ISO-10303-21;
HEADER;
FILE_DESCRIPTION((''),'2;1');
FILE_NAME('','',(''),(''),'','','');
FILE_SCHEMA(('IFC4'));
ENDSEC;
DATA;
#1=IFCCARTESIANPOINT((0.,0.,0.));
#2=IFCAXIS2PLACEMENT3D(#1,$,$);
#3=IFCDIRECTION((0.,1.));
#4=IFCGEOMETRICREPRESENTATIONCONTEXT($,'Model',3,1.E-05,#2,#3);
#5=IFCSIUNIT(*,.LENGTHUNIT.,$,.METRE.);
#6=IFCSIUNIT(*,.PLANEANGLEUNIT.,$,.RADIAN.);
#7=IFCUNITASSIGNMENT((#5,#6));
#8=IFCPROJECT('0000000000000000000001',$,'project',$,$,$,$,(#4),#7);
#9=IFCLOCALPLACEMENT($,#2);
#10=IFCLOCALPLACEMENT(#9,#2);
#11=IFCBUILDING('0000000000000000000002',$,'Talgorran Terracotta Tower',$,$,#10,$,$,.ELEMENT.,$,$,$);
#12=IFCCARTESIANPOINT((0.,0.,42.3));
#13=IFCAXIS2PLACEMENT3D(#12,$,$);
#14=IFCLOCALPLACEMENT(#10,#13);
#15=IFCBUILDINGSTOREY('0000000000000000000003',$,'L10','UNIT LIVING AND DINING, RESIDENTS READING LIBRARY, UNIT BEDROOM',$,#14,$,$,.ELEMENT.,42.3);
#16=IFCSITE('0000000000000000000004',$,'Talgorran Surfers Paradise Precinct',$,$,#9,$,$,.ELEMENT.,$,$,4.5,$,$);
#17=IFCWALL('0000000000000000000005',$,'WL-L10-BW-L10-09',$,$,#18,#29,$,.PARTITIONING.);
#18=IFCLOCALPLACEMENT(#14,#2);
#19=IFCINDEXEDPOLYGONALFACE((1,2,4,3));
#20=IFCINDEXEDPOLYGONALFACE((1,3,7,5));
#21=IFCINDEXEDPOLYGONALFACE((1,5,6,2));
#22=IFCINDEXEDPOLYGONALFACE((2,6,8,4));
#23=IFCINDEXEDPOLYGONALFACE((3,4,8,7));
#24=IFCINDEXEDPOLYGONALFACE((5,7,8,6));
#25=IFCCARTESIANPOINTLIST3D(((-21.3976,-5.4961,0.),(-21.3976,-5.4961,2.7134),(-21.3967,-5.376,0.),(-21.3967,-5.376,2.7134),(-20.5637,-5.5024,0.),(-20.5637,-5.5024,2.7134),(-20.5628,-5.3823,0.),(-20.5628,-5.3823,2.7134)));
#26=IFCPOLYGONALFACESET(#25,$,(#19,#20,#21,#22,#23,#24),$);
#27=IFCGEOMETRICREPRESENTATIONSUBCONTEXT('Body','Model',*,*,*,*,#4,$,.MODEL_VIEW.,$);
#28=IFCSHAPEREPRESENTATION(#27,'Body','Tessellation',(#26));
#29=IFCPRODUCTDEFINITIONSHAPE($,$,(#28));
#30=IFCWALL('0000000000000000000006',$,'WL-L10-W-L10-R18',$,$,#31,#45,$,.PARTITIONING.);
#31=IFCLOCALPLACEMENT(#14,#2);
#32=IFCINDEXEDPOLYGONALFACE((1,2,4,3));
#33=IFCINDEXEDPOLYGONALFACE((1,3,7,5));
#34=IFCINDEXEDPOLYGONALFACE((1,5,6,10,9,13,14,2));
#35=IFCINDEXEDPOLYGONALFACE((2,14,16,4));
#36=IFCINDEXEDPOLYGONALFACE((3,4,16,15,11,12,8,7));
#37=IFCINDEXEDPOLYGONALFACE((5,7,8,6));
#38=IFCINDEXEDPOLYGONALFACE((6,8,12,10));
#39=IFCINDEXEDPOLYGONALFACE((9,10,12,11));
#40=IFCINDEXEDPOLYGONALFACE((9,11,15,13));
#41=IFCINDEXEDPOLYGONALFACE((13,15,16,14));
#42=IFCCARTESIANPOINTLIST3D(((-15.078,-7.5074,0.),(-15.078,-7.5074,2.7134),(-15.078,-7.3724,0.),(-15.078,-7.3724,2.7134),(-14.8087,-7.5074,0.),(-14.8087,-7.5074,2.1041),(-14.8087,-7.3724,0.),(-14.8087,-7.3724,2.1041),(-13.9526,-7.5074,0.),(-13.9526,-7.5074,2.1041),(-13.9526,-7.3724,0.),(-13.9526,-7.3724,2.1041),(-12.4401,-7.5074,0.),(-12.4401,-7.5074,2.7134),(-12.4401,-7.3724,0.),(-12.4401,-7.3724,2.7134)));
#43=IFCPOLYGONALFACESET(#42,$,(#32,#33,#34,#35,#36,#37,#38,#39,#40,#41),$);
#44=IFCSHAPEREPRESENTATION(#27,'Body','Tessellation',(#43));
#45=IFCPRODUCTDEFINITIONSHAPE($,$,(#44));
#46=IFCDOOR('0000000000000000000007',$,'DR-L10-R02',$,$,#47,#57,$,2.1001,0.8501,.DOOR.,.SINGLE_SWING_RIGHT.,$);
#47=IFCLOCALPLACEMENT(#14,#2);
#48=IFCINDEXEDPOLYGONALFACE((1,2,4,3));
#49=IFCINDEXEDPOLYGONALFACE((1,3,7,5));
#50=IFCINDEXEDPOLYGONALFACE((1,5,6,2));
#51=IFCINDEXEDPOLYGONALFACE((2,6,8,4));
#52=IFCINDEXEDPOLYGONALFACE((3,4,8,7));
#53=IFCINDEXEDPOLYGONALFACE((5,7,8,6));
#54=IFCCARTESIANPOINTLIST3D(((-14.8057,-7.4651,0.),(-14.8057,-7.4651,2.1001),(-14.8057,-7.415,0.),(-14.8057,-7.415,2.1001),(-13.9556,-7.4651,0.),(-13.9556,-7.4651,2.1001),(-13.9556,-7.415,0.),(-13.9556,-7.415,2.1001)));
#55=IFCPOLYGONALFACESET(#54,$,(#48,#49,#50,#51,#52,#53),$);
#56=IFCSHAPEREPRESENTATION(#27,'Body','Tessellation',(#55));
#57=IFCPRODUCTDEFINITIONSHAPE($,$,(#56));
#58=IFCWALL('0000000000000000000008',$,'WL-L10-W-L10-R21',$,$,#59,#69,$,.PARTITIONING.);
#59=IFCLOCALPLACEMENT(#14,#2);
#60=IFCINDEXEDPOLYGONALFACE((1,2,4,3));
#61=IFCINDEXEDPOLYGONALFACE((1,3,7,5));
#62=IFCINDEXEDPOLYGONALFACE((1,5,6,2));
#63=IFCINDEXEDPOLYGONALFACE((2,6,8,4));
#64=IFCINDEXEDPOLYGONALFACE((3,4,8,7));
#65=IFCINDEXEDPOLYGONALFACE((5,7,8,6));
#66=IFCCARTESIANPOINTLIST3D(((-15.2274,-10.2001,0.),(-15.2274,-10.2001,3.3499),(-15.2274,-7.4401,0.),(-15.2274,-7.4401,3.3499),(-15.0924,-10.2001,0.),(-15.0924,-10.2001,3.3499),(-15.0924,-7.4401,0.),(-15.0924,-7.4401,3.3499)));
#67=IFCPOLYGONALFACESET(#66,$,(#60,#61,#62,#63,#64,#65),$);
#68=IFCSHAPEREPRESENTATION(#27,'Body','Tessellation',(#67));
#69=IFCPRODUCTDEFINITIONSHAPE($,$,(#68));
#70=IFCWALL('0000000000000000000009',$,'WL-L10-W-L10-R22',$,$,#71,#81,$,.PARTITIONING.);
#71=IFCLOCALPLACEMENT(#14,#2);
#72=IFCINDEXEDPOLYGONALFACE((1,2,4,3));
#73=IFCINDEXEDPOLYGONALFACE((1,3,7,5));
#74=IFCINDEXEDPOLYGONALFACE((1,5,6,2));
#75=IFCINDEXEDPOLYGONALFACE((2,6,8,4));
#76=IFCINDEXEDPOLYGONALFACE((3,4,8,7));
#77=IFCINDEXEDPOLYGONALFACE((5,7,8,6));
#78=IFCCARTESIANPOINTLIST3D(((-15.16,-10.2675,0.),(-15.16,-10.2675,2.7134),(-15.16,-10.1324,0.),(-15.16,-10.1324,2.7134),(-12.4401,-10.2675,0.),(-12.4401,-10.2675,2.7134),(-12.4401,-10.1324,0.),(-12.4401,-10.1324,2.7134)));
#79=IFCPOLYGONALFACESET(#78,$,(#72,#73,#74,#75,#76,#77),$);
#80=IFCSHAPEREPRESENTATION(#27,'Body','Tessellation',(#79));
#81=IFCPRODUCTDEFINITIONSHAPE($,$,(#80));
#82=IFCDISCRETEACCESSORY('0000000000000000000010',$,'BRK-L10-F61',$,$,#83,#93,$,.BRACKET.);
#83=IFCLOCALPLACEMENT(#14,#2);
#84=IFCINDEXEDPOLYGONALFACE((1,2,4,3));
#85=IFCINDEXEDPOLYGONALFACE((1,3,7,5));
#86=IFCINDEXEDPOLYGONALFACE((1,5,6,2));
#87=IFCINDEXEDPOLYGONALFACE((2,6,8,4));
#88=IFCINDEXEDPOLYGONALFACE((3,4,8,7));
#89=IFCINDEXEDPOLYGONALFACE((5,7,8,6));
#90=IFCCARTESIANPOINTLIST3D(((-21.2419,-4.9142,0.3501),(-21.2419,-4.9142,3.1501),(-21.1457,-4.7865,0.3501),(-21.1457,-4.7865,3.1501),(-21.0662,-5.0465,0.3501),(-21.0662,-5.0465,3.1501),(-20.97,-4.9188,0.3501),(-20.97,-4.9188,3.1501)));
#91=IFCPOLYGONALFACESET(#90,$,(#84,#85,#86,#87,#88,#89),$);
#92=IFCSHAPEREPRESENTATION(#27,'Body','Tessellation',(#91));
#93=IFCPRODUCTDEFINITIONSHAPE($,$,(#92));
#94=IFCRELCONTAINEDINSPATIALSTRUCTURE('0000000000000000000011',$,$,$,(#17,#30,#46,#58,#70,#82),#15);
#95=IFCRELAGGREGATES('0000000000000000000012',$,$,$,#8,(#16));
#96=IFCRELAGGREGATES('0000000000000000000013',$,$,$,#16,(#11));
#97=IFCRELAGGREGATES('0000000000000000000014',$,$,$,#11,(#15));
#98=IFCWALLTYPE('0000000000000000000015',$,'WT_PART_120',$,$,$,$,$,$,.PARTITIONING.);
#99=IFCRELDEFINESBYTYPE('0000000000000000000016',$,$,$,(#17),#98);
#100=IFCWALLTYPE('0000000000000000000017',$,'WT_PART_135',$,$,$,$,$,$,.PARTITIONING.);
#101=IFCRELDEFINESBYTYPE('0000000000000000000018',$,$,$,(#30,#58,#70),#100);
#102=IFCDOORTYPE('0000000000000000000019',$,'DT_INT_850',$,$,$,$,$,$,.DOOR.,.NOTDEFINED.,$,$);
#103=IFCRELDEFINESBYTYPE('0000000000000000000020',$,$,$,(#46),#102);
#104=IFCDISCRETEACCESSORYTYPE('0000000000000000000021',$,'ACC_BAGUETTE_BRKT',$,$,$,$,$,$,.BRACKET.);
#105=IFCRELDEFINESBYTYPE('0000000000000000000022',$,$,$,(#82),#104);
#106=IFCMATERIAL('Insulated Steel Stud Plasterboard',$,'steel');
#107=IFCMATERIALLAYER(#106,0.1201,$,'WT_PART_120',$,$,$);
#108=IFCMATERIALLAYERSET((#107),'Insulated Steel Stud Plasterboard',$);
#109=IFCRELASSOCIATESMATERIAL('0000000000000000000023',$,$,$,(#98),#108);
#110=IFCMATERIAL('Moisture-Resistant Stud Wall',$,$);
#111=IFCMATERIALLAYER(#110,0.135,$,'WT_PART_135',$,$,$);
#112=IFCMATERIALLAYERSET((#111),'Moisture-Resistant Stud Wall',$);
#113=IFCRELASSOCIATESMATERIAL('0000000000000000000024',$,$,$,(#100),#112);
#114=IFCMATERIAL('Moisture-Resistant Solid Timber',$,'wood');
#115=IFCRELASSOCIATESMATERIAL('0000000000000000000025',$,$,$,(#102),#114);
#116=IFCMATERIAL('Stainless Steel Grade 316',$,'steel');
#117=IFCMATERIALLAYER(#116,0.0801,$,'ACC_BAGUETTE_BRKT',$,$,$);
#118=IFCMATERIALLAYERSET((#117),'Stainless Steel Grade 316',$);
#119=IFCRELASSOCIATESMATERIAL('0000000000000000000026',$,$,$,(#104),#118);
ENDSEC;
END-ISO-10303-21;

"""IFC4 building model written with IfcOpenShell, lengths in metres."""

from ifc_helpers import new_model, si_unit, direction, frame, frame_2d, origin, origin_2d, place, context, subcontext, project, spatial, rectangle, extrude, source, transform, mapped, material, layer, layer_set, type_object, type_shapes, element, fill, save


model = new_model("IFC4")

# Units and contexts
model_context = context("Model", 3, precision=1e-05, world=origin(), true_north=direction((0.0, 1.0)))
body_context = subcontext(model_context, "Body", "Model", "MODEL_VIEW")
ifc_project = project(units=[si_unit("LENGTHUNIT", "METRE"), si_unit("PLANEANGLEUNIT", "RADIAN")], contexts=[model_context])

# Site, building, storey
site_placement = place(None, origin())
site = spatial("IfcSite", under=ifc_project, at=site_placement, Name="Talgorran Surfers Paradise Precinct", CompositionType="ELEMENT", RefElevation=4.5)
building_placement = place(site_placement, origin())
building = spatial("IfcBuilding", under=site, at=building_placement, Name="Talgorran Terracotta Tower", CompositionType="ELEMENT")
storey_placement = place(building_placement, frame((0.0, 0.0, 42.3)))
storey = spatial("IfcBuildingStorey", under=building, at=storey_placement, Name="L10", Description="UNIT LIVING AND DINING, RESIDENTS READING LIBRARY, UNIT BEDROOM", CompositionType="ELEMENT", Elevation=42.3)

# Shared definitions
ifc_material_1 = material(Name="Moisture-Resistant Solid Timber", Category="wood")

# Wall
ifc_material_2 = material(Name="Insulated Steel Stud Plasterboard", Category="steel")
ifc_layer_1 = layer(ifc_material_2, 0.1201, Name="WT_PART_120")
ifc_layer_set_1 = layer_set([ifc_layer_1], Name="Insulated Steel Stud Plasterboard")
wall_type_1 = type_object("IfcWallType", Name="WT_PART_120", PredefinedType="PARTITIONING", material=ifc_layer_set_1)
wall_1_placement = place(storey_placement, frame((-20.5632, -5.4424, 0.0), z_axis=(0.0, 0.0, 1.0), x_axis=(-0.999971, 0.007611, 0.0)))
element("IfcWall", 1, at=wall_1_placement, inside=storey, type_object=wall_type_1, Name="WL-L10-BW-L10-09", PredefinedType="PARTITIONING", context=body_context, shape_type="SweptSolid", body=[
    extrude(rectangle(XDim=0.834, YDim=0.1201, at=frame_2d((0.417, 0.0))), origin(), (0.0, 0.0, 1.0), 2.7134),
])

# Wall, opening, door
ifc_material_3 = material(Name="Moisture-Resistant Stud Wall")
ifc_layer_2 = layer(ifc_material_3, 0.135, Name="WT_PART_135")
ifc_layer_set_2 = layer_set([ifc_layer_2], Name="Moisture-Resistant Stud Wall")
wall_type_2 = type_object("IfcWallType", Name="WT_PART_135", PredefinedType="PARTITIONING", material=ifc_layer_set_2)
wall_2_placement = place(storey_placement, frame((-15.0779, -7.4399, 0.0), z_axis=(0.0, 0.0, 1.0), x_axis=(1.0, 0.0, 0.0)))
wall_2 = element("IfcWall", 2, at=wall_2_placement, inside=storey, type_object=wall_type_2, Name="WL-L10-W-L10-R18", PredefinedType="PARTITIONING", context=body_context, shape_type="SweptSolid", body=[
    extrude(rectangle(XDim=2.6379, YDim=0.135, at=frame_2d((1.3188, 0.0))), origin(), (0.0, 0.0, 1.0), 2.7134),
])
opening_1_placement = place(wall_2_placement, frame((0.2722, 0.0, 0.0)))
opening_1 = element("IfcOpeningElement", 3, at=opening_1_placement, cuts=wall_2, PredefinedType="OPENING", context=body_context, shape_type="SweptSolid", body=[
    extrude(rectangle(XDim=0.8561, YDim=2.1041, at=frame_2d((0.425, 1.052))), frame((0.0, 0.0776, 0.0), z_axis=(0.0, -1.0, 0.0), x_axis=(1.0, 0.0, 0.0)), (0.0, 0.0, 1.0), 0.155),
])
door_type_1 = type_object("IfcDoorType", Name="DT_INT_850", OperationType="NOTDEFINED", PredefinedType="DOOR", material=ifc_material_1)
door_1_placement = place(opening_1_placement, origin())
door_1 = element("IfcDoor", 4, at=door_1_placement, inside=storey, type_object=door_type_1, Name="DR-L10-R02", OperationType="SINGLE_SWING_RIGHT", OverallHeight=2.1001, OverallWidth=0.8501, PredefinedType="DOOR", context=body_context, shape_type="SweptSolid", body=[
    extrude(rectangle(XDim=0.8501, YDim=2.1001, at=frame_2d((0.425, 1.05))), frame((0.0, 0.0249, 0.0), z_axis=(0.0, -1.0, 0.0), x_axis=(1.0, 0.0, 0.0)), (0.0, 0.0, 1.0), 0.05),
])
fill(opening_1, door_1)

# Walls
wall_3_placement = place(storey_placement, frame((-15.1599, -10.2, 0.0), z_axis=(0.0, 0.0, 1.0), x_axis=(0.0, 1.0, 0.0)))
element("IfcWall", 5, at=wall_3_placement, inside=storey, type_object=wall_type_2, Name="WL-L10-W-L10-R21", PredefinedType="PARTITIONING", context=body_context, shape_type="SweptSolid", body=[
    extrude(rectangle(XDim=2.76, YDim=0.135, at=frame_2d((1.3799, 0.0))), origin(), (0.0, 0.0, 1.0), 3.3499),
])
wall_4_placement = place(storey_placement, frame((-15.1599, -10.2, 0.0), z_axis=(0.0, 0.0, 1.0), x_axis=(1.0, 0.0, 0.0)))
element("IfcWall", 6, at=wall_4_placement, inside=storey, type_object=wall_type_2, Name="WL-L10-W-L10-R22", PredefinedType="PARTITIONING", context=body_context, shape_type="SweptSolid", body=[
    extrude(rectangle(XDim=2.72, YDim=0.135, at=frame_2d((1.3599, 0.0))), origin(), (0.0, 0.0, 1.0), 2.7134),
])

# Discrete accessory
ifc_material_4 = material(Name="Stainless Steel Grade 316", Category="steel")
ifc_layer_3 = layer(ifc_material_4, 0.0801, Name="ACC_BAGUETTE_BRKT")
ifc_layer_set_3 = layer_set([ifc_layer_3], Name="Stainless Steel Grade 316")
discrete_accessory_type = type_object("IfcDiscreteAccessoryType", Name="ACC_BAGUETTE_BRKT", PredefinedType="BRACKET", material=ifc_layer_set_3)
shared_shape = source(origin(), body_context, "Body", "SweptSolid", [
    extrude(rectangle(XDim=0.1599, YDim=0.22, at=origin_2d()), origin(), (0.0, 0.0, 1.0), 2.8),
])
type_shapes(discrete_accessory_type, [shared_shape])
discrete_accessory_placement = place(storey_placement, frame((-21.106, -4.9165, 0.3501), z_axis=(0.0, 0.0, 1.0), x_axis=(-0.601634, -0.798772, 0.0)))
element("IfcDiscreteAccessory", 7, at=discrete_accessory_placement, inside=storey, type_object=discrete_accessory_type, Name="BRK-L10-F61", PredefinedType="BRACKET", context=body_context, shape_type="MappedRepresentation", body=[
    mapped(shared_shape, transform((0.0, 0.0, 0.0), scale=1.0)),
])

save(model, "model.ifc")
